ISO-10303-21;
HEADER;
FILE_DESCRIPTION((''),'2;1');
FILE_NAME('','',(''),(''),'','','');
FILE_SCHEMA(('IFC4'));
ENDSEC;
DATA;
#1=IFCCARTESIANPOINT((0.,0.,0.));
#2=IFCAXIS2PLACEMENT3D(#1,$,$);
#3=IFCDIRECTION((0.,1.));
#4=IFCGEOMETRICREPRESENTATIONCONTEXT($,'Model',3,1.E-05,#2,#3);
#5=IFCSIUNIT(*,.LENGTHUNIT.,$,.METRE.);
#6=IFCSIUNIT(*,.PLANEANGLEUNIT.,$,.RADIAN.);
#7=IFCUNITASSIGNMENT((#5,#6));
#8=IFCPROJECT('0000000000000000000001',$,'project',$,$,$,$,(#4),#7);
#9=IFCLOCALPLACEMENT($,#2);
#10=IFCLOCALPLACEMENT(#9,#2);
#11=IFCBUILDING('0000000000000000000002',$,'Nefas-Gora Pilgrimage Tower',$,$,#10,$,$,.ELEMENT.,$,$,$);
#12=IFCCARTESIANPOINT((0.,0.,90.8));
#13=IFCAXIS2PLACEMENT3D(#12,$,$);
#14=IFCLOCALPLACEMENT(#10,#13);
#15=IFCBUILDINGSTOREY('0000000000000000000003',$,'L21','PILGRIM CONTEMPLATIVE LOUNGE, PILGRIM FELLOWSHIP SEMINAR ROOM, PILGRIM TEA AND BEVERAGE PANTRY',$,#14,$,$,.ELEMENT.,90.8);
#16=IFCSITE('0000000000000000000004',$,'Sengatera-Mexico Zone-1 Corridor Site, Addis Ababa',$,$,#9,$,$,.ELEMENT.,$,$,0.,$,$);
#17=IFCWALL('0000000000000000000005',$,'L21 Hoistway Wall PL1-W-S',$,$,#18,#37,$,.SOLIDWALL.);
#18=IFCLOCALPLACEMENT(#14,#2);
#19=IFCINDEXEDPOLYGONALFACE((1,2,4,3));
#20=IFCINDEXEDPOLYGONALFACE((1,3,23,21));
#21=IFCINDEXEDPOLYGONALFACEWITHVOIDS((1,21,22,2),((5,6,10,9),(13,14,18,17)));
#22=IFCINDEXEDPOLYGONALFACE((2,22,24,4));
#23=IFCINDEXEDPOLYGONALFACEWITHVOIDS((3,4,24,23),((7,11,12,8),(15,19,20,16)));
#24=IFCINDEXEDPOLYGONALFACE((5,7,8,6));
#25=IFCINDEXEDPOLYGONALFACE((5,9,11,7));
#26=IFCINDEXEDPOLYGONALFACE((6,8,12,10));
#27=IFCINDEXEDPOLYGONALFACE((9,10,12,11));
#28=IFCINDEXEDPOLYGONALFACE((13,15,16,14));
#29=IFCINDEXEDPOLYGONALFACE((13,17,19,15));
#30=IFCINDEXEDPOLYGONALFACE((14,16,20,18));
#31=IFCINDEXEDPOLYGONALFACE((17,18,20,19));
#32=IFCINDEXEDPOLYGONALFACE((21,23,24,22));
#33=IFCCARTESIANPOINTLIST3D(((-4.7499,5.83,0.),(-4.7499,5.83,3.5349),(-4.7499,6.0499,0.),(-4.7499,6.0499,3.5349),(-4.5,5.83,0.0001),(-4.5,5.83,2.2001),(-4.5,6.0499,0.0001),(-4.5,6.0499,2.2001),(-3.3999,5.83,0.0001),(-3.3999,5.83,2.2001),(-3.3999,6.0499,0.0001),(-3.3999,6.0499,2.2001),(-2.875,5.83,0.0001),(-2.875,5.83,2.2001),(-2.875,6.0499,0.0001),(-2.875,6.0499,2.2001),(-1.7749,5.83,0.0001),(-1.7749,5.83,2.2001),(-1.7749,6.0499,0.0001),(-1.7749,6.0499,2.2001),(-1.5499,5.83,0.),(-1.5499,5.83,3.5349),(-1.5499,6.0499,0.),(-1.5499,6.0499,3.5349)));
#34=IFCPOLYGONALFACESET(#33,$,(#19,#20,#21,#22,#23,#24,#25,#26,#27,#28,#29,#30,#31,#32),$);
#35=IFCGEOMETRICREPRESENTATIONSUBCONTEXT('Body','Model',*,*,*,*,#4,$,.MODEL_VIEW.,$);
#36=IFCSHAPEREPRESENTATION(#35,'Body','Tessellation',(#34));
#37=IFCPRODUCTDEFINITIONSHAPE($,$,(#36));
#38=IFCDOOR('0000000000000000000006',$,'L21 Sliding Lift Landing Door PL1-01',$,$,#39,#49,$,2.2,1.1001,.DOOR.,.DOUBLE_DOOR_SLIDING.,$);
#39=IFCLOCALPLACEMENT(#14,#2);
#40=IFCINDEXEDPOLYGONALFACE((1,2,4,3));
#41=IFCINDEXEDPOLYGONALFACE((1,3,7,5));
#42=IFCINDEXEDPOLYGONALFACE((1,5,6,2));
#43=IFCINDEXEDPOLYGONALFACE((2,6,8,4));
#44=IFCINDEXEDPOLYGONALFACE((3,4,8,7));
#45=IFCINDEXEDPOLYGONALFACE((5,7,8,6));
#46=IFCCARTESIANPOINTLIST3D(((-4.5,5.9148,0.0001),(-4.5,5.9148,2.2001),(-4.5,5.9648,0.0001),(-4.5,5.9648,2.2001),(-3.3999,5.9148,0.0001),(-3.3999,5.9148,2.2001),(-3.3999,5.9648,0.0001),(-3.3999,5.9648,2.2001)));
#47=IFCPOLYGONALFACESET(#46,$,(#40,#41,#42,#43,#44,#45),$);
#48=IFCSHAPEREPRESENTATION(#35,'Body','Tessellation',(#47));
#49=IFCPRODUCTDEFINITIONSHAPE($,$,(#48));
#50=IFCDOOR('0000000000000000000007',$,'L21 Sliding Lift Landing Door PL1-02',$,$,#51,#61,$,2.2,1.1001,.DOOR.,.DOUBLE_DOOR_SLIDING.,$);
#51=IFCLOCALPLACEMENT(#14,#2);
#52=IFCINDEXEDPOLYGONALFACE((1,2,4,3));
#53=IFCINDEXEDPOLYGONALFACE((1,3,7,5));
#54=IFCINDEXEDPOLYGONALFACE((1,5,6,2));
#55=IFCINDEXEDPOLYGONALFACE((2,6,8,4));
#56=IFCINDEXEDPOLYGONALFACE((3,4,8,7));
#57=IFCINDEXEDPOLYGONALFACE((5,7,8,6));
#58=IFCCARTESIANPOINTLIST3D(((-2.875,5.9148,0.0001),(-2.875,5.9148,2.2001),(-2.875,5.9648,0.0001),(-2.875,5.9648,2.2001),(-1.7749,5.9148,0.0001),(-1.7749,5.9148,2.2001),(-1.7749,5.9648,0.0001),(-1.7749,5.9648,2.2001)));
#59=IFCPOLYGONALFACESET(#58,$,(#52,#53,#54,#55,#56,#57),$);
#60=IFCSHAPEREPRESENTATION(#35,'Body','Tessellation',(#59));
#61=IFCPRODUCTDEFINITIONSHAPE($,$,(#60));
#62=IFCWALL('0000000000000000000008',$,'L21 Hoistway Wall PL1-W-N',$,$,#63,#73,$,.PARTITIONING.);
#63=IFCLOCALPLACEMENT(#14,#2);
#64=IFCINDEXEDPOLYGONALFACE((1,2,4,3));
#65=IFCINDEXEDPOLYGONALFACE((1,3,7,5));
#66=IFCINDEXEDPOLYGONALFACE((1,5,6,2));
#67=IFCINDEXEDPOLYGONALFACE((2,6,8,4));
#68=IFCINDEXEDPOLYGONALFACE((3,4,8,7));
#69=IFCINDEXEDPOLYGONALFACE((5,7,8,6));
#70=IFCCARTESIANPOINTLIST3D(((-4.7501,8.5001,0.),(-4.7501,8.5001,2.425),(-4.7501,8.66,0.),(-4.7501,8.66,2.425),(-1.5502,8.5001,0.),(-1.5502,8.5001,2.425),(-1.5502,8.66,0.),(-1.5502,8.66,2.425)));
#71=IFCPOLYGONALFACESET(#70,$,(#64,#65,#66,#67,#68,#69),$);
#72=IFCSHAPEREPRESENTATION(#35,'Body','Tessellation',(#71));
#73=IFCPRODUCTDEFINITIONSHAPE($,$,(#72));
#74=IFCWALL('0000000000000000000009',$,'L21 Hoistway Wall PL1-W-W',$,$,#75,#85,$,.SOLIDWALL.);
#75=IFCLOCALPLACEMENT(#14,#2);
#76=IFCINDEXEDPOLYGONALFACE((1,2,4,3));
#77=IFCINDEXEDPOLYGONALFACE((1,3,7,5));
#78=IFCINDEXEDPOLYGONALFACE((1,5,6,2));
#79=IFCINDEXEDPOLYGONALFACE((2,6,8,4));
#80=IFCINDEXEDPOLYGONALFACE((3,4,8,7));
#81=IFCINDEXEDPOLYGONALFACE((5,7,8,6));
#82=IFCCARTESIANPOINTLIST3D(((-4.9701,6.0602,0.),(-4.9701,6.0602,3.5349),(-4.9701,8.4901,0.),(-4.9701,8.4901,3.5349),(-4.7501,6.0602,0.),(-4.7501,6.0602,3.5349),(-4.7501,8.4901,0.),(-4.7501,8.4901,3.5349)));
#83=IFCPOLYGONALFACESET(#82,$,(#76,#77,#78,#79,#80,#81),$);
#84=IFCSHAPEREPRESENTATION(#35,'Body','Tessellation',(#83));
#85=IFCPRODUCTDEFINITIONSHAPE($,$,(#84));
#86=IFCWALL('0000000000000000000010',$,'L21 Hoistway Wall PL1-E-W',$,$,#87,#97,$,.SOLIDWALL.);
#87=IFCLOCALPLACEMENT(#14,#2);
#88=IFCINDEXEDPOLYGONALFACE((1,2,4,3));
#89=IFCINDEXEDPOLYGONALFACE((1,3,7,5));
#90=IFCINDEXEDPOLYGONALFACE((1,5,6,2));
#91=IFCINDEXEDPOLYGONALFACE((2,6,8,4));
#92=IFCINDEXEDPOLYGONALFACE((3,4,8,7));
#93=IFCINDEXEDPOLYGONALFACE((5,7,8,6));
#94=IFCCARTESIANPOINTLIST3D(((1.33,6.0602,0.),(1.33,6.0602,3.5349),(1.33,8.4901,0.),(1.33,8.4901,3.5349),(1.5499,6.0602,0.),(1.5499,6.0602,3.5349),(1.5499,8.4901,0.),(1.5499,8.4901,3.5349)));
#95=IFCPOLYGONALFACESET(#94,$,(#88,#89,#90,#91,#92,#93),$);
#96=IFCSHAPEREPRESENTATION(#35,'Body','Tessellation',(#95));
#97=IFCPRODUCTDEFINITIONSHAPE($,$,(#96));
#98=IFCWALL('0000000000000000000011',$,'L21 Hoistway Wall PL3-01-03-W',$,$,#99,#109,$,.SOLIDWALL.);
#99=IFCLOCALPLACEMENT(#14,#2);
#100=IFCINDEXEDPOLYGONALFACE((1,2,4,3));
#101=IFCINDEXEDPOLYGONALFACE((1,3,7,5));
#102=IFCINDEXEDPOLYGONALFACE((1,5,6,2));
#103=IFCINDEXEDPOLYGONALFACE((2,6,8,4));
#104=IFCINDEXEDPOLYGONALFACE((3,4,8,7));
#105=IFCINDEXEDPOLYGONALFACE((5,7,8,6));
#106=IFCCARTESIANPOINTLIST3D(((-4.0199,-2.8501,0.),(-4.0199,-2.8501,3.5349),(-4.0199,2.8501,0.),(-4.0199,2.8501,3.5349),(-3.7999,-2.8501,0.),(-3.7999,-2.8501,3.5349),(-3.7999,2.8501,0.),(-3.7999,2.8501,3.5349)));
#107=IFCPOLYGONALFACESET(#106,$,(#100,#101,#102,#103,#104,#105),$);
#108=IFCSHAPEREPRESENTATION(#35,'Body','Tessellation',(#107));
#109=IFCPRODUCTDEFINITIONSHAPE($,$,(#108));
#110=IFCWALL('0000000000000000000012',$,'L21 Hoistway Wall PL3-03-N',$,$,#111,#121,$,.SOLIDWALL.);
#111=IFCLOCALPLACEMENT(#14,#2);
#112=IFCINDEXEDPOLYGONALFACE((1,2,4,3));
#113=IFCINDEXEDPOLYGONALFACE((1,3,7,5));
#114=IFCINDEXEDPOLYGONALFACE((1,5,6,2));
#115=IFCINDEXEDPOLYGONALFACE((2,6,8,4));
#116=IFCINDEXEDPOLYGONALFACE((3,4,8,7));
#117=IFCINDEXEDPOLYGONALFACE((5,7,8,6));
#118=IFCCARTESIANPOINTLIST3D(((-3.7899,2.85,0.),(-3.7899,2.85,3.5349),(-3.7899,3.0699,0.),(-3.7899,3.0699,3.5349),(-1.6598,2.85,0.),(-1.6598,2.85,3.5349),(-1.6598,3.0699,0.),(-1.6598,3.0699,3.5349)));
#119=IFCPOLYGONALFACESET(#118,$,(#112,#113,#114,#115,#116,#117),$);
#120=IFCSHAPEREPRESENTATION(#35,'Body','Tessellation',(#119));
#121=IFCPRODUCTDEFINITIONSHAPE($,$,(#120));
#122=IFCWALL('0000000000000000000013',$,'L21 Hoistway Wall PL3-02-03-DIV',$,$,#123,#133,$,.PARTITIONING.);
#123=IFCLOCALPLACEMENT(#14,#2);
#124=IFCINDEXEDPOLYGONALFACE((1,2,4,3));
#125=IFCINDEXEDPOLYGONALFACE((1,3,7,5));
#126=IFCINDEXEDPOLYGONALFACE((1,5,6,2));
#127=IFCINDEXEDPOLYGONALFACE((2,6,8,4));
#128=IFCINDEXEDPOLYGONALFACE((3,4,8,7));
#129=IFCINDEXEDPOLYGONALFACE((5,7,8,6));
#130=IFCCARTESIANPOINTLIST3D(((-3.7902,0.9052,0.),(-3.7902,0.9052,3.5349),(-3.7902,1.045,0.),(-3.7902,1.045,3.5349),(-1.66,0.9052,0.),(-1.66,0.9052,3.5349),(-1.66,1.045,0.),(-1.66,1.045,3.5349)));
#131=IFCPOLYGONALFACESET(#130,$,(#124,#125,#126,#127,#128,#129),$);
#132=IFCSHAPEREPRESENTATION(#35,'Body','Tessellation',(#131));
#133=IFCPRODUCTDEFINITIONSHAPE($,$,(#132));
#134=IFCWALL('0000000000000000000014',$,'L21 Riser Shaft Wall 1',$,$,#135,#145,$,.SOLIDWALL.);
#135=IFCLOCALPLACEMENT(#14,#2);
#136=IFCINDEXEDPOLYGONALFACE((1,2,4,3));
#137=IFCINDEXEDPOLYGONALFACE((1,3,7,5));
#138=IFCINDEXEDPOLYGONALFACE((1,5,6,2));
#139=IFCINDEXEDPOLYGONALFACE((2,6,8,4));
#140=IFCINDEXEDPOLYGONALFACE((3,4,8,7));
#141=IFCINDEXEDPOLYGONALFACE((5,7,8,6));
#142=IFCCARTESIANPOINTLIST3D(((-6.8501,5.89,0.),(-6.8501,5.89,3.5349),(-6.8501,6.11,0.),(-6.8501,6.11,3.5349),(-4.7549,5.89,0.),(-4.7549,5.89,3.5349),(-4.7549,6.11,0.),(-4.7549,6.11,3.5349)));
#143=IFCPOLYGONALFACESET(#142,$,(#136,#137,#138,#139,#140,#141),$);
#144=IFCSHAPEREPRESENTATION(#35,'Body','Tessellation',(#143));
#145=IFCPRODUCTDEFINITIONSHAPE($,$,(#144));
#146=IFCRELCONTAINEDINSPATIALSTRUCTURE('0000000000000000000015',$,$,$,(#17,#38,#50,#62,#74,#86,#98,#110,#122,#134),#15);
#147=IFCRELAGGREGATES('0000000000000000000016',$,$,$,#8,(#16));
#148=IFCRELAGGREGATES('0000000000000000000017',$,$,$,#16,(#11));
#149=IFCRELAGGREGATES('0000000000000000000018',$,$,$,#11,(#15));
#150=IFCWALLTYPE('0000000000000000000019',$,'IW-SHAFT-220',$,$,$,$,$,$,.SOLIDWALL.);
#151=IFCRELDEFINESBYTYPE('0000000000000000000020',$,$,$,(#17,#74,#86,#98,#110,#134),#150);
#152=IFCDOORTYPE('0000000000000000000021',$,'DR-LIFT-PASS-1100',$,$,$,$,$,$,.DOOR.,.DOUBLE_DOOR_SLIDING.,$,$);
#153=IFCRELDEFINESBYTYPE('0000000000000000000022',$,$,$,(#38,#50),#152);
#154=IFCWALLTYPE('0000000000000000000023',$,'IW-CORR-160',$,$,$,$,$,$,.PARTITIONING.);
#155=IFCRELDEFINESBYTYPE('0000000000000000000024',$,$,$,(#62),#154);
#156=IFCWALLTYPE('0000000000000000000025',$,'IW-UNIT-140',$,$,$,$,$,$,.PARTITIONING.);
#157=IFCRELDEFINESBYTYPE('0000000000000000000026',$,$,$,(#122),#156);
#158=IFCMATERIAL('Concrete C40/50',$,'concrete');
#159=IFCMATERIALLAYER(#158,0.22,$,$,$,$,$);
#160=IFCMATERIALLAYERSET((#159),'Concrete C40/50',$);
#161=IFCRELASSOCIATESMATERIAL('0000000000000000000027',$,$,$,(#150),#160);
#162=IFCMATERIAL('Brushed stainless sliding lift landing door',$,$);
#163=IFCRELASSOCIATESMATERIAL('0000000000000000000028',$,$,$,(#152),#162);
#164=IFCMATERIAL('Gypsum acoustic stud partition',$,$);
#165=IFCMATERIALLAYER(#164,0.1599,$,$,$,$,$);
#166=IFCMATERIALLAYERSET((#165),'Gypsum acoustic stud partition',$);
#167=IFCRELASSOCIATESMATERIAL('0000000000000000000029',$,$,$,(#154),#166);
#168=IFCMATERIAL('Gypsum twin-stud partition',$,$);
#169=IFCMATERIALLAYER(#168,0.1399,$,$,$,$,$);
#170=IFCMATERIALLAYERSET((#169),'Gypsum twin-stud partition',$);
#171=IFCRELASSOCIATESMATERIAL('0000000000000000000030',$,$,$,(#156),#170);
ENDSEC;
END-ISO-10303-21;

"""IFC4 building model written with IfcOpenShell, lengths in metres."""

from ifc_helpers import new_model, si_unit, direction, frame, frame_2d, origin, place, context, subcontext, project, spatial, rectangle, extrude, source, transform, mapped, material, layer, layer_set, type_object, element, fill, save


model = new_model("IFC4")

# Units and contexts
model_context = context("Model", 3, precision=1e-05, world=origin(), true_north=direction((0.0, 1.0)))
body_context = subcontext(model_context, "Body", "Model", "MODEL_VIEW")
ifc_project = project(units=[si_unit("LENGTHUNIT", "METRE"), si_unit("PLANEANGLEUNIT", "RADIAN")], contexts=[model_context])

# Site, building, storey
site_placement = place(None, origin())
site = spatial("IfcSite", under=ifc_project, at=site_placement, Name="Sengatera-Mexico Zone-1 Corridor Site, Addis Ababa", CompositionType="ELEMENT", RefElevation=0.0)
building_placement = place(site_placement, origin())
building = spatial("IfcBuilding", under=site, at=building_placement, Name="Nefas-Gora Pilgrimage Tower", CompositionType="ELEMENT")
storey_placement = place(building_placement, frame((0.0, 0.0, 90.8)))
storey = spatial("IfcBuildingStorey", under=building, at=storey_placement, Name="L21", Description="PILGRIM CONTEMPLATIVE LOUNGE, PILGRIM FELLOWSHIP SEMINAR ROOM, PILGRIM TEA AND BEVERAGE PANTRY", CompositionType="ELEMENT", Elevation=90.8)

# Shared definitions
ifc_material_1 = material(Name="Concrete C40/50", Category="concrete")

# Shared definitions
ifc_layer_1 = layer(ifc_material_1, 0.22)
ifc_layer_set_1 = layer_set([ifc_layer_1], Name="Concrete C40/50")
wall_type_1 = type_object("IfcWallType", Name="IW-SHAFT-220", PredefinedType="SOLIDWALL", material=ifc_layer_set_1)

# Wall, openings, doors
shared_shape_1 = source(origin(), body_context, "Body", "SweptSolid", [
    extrude(rectangle(XDim=3.2, YDim=0.22, at=frame_2d((1.6001, 0.0))), origin(), (0.0, 0.0, 1.0), 3.5349),
])
wall_1_placement = place(storey_placement, frame((-4.75, 5.9399, 0.0), z_axis=(0.0, 0.0, 1.0), x_axis=(1.0, 0.0, 0.0)))
wall_1 = element("IfcWall", 1, at=wall_1_placement, inside=storey, type_object=wall_type_1, Name="L21 Hoistway Wall PL1-W-S", PredefinedType="SOLIDWALL", context=body_context, shape_type="MappedRepresentation", body=[
    mapped(shared_shape_1, transform((0.0, 0.0, 0.0), x_axis=(1.0, 0.0, 0.0), y_axis=(0.0, 1.0, 0.0), z_axis=(0.0, 0.0, 1.0), scale=1.0)),
])
opening_1_placement = place(wall_1_placement, frame((0.25, 0.0, 0.0)))
opening_1 = element("IfcOpeningElement", 2, at=opening_1_placement, cuts=wall_1, PredefinedType="OPENING", context=body_context, shape_type="SweptSolid", body=[
    extrude(rectangle(XDim=1.1001, YDim=2.2, at=frame_2d((0.55, 1.1001))), frame((0.0, 0.1199, 0.0), z_axis=(0.0, -1.0, 0.0), x_axis=(1.0, 0.0, 0.0)), (0.0, 0.0, 1.0), 0.24),
])
opening_2_placement = place(wall_1_placement, frame((1.875, 0.0, 0.0)))
opening_2 = element("IfcOpeningElement", 3, at=opening_2_placement, cuts=wall_1, PredefinedType="OPENING", context=body_context, shape_type="SweptSolid", body=[
    extrude(rectangle(XDim=1.1001, YDim=2.2, at=frame_2d((0.55, 1.1001))), frame((0.0, 0.1199, 0.0), z_axis=(0.0, -1.0, 0.0), x_axis=(1.0, 0.0, 0.0)), (0.0, 0.0, 1.0), 0.24),
])
ifc_material_2 = material(Name="Brushed stainless sliding lift landing door")
door_type_1 = type_object("IfcDoorType", Name="DR-LIFT-PASS-1100", OperationType="DOUBLE_DOOR_SLIDING", PredefinedType="DOOR", material=ifc_material_2)
shared_shape_2 = source(origin(), body_context, "Body", "SweptSolid", [
    extrude(rectangle(XDim=1.1001, YDim=2.2, at=frame_2d((0.55, 1.1001))), frame((0.0, 0.0249, 0.0), z_axis=(0.0, -1.0, 0.0), x_axis=(1.0, 0.0, 0.0)), (0.0, 0.0, 1.0), 0.05),
])
door_1_placement = place(opening_1_placement, origin())
door_1 = element("IfcDoor", 4, at=door_1_placement, inside=storey, type_object=door_type_1, Name="L21 Sliding Lift Landing Door PL1-01", OperationType="DOUBLE_DOOR_SLIDING", OverallHeight=2.2, OverallWidth=1.1001, PredefinedType="DOOR", context=body_context, shape_type="MappedRepresentation", body=[
    mapped(shared_shape_2, transform((0.0, 0.0, 0.0), x_axis=(1.0, 0.0, 0.0), y_axis=(0.0, 1.0, 0.0), z_axis=(0.0, 0.0, 1.0), scale=1.0)),
])
fill(opening_1, door_1)
door_2_placement = place(opening_2_placement, origin())
door_2 = element("IfcDoor", 5, at=door_2_placement, inside=storey, type_object=door_type_1, Name="L21 Sliding Lift Landing Door PL1-02", OperationType="DOUBLE_DOOR_SLIDING", OverallHeight=2.2, OverallWidth=1.1001, PredefinedType="DOOR", context=body_context, shape_type="MappedRepresentation", body=[
    mapped(shared_shape_2, transform((0.0, 0.0, 0.0), x_axis=(1.0, 0.0, 0.0), y_axis=(0.0, 1.0, 0.0), z_axis=(0.0, 0.0, 1.0), scale=1.0)),
])
fill(opening_2, door_2)

# Walls
ifc_material_3 = material(Name="Gypsum acoustic stud partition")
ifc_layer_2 = layer(ifc_material_3, 0.1599)
ifc_layer_set_2 = layer_set([ifc_layer_2], Name="Gypsum acoustic stud partition")
wall_type_2 = type_object("IfcWallType", Name="IW-CORR-160", PredefinedType="PARTITIONING", material=ifc_layer_set_2)
shared_shape_3 = source(origin(), body_context, "Body", "SweptSolid", [
    extrude(rectangle(XDim=3.2, YDim=0.1599, at=frame_2d((1.6001, 0.0))), origin(), (0.0, 0.0, 1.0), 2.425),
])
wall_2_placement = place(storey_placement, frame((-1.55, 8.5801, 0.0), z_axis=(0.0, 0.0, 1.0), x_axis=(-1.0, 0.0, 0.0)))
element("IfcWall", 6, at=wall_2_placement, inside=storey, type_object=wall_type_2, Name="L21 Hoistway Wall PL1-W-N", PredefinedType="PARTITIONING", context=body_context, shape_type="MappedRepresentation", body=[
    mapped(shared_shape_3, transform((0.0, 0.0, 0.0), x_axis=(1.0, 0.0, 0.0), y_axis=(0.0, 1.0, 0.0), z_axis=(0.0, 0.0, 1.0), scale=1.0)),
])
shared_shape_4 = source(origin(), body_context, "Body", "SweptSolid", [
    extrude(rectangle(XDim=2.4299, YDim=0.22, at=frame_2d((1.2148, 0.0))), origin(), (0.0, 0.0, 1.0), 3.5349),
])
for number, where, z_axis, x_axis, name in (
    (7, (-4.8601, 8.49, 0.0), (0.0, 0.0, 1.0), (0.0, -1.0, 0.0), "L21 Hoistway Wall PL1-W-W"),
    (8, (1.4399, 8.49, 0.0), (0.0, 0.0, 1.0), (0.0, -1.0, 0.0), "L21 Hoistway Wall PL1-E-W"),
):
    element("IfcWall", number, at=place(storey_placement, frame(where, z_axis=z_axis, x_axis=x_axis)), inside=storey, type_object=wall_type_1, Name=name, PredefinedType="SOLIDWALL", context=body_context, shape_type="MappedRepresentation", body=[
        mapped(shared_shape_4, transform((0.0, 0.0, 0.0), x_axis=(1.0, 0.0, 0.0), y_axis=(0.0, 1.0, 0.0), z_axis=(0.0, 0.0, 1.0), scale=1.0)),
    ])
ifc_material_4 = material(Name="Gypsum twin-stud partition")
ifc_layer_3 = layer(ifc_material_4, 0.1399)
ifc_layer_set_3 = layer_set([ifc_layer_3], Name="Gypsum twin-stud partition")
wall_type_3 = type_object("IfcWallType", Name="IW-UNIT-140", PredefinedType="PARTITIONING", material=ifc_layer_set_3)
shared_shape_5 = source(origin(), body_context, "Body", "SweptSolid", [
    extrude(rectangle(XDim=5.7002, YDim=0.22, at=frame_2d((2.8501, 0.0))), origin(), (0.0, 0.0, 1.0), 3.5349),
])
wall_3_placement = place(storey_placement, frame((-3.9099, 2.8501, 0.0), z_axis=(0.0, 0.0, 1.0), x_axis=(0.0, -1.0, 0.0)))
element("IfcWall", 9, at=wall_3_placement, inside=storey, type_object=wall_type_1, Name="L21 Hoistway Wall PL3-01-03-W", PredefinedType="SOLIDWALL", context=body_context, shape_type="MappedRepresentation", body=[
    mapped(shared_shape_5, transform((0.0, 0.0, 0.0), x_axis=(1.0, 0.0, 0.0), y_axis=(0.0, 1.0, 0.0), z_axis=(0.0, 0.0, 1.0), scale=1.0)),
])
shared_shape_6 = source(origin(), body_context, "Body", "SweptSolid", [
    extrude(rectangle(XDim=2.1301, YDim=0.22, at=frame_2d((1.0649, 0.0))), origin(), (0.0, 0.0, 1.0), 3.5349),
])
wall_4_placement = place(storey_placement, frame((-1.6599, 2.96, 0.0), z_axis=(0.0, 0.0, 1.0), x_axis=(-1.0, 0.0, 0.0)))
element("IfcWall", 10, at=wall_4_placement, inside=storey, type_object=wall_type_1, Name="L21 Hoistway Wall PL3-03-N", PredefinedType="SOLIDWALL", context=body_context, shape_type="MappedRepresentation", body=[
    mapped(shared_shape_6, transform((0.0, 0.0, 0.0), x_axis=(1.0, 0.0, 0.0), y_axis=(0.0, 1.0, 0.0), z_axis=(0.0, 0.0, 1.0), scale=1.0)),
])
shared_shape_7 = source(origin(), body_context, "Body", "SweptSolid", [
    extrude(rectangle(XDim=2.1301, YDim=0.1399, at=frame_2d((1.0649, 0.0))), origin(), (0.0, 0.0, 1.0), 3.5349),
])
wall_5_placement = place(storey_placement, frame((-3.79, 0.9751, 0.0), z_axis=(0.0, 0.0, 1.0), x_axis=(1.0, 0.0, 0.0)))
element("IfcWall", 11, at=wall_5_placement, inside=storey, type_object=wall_type_3, Name="L21 Hoistway Wall PL3-02-03-DIV", PredefinedType="PARTITIONING", context=body_context, shape_type="MappedRepresentation", body=[
    mapped(shared_shape_7, transform((0.0, 0.0, 0.0), x_axis=(1.0, 0.0, 0.0), y_axis=(0.0, 1.0, 0.0), z_axis=(0.0, 0.0, 1.0), scale=1.0)),
])
shared_shape_8 = source(origin(), body_context, "Body", "SweptSolid", [
    extrude(rectangle(XDim=2.0952, YDim=0.22, at=frame_2d((1.0476, 0.0))), origin(), (0.0, 0.0, 1.0), 3.5349),
])
wall_6_placement = place(storey_placement, frame((-6.8501, 6.0, 0.0), z_axis=(0.0, 0.0, 1.0), x_axis=(1.0, 0.0, 0.0)))
element("IfcWall", 12, at=wall_6_placement, inside=storey, type_object=wall_type_1, Name="L21 Riser Shaft Wall 1", PredefinedType="SOLIDWALL", context=body_context, shape_type="MappedRepresentation", body=[
    mapped(shared_shape_8, transform((0.0, 0.0, 0.0), x_axis=(1.0, 0.0, 0.0), y_axis=(0.0, 1.0, 0.0), z_axis=(0.0, 0.0, 1.0), scale=1.0)),
])

save(model, "model.ifc")
